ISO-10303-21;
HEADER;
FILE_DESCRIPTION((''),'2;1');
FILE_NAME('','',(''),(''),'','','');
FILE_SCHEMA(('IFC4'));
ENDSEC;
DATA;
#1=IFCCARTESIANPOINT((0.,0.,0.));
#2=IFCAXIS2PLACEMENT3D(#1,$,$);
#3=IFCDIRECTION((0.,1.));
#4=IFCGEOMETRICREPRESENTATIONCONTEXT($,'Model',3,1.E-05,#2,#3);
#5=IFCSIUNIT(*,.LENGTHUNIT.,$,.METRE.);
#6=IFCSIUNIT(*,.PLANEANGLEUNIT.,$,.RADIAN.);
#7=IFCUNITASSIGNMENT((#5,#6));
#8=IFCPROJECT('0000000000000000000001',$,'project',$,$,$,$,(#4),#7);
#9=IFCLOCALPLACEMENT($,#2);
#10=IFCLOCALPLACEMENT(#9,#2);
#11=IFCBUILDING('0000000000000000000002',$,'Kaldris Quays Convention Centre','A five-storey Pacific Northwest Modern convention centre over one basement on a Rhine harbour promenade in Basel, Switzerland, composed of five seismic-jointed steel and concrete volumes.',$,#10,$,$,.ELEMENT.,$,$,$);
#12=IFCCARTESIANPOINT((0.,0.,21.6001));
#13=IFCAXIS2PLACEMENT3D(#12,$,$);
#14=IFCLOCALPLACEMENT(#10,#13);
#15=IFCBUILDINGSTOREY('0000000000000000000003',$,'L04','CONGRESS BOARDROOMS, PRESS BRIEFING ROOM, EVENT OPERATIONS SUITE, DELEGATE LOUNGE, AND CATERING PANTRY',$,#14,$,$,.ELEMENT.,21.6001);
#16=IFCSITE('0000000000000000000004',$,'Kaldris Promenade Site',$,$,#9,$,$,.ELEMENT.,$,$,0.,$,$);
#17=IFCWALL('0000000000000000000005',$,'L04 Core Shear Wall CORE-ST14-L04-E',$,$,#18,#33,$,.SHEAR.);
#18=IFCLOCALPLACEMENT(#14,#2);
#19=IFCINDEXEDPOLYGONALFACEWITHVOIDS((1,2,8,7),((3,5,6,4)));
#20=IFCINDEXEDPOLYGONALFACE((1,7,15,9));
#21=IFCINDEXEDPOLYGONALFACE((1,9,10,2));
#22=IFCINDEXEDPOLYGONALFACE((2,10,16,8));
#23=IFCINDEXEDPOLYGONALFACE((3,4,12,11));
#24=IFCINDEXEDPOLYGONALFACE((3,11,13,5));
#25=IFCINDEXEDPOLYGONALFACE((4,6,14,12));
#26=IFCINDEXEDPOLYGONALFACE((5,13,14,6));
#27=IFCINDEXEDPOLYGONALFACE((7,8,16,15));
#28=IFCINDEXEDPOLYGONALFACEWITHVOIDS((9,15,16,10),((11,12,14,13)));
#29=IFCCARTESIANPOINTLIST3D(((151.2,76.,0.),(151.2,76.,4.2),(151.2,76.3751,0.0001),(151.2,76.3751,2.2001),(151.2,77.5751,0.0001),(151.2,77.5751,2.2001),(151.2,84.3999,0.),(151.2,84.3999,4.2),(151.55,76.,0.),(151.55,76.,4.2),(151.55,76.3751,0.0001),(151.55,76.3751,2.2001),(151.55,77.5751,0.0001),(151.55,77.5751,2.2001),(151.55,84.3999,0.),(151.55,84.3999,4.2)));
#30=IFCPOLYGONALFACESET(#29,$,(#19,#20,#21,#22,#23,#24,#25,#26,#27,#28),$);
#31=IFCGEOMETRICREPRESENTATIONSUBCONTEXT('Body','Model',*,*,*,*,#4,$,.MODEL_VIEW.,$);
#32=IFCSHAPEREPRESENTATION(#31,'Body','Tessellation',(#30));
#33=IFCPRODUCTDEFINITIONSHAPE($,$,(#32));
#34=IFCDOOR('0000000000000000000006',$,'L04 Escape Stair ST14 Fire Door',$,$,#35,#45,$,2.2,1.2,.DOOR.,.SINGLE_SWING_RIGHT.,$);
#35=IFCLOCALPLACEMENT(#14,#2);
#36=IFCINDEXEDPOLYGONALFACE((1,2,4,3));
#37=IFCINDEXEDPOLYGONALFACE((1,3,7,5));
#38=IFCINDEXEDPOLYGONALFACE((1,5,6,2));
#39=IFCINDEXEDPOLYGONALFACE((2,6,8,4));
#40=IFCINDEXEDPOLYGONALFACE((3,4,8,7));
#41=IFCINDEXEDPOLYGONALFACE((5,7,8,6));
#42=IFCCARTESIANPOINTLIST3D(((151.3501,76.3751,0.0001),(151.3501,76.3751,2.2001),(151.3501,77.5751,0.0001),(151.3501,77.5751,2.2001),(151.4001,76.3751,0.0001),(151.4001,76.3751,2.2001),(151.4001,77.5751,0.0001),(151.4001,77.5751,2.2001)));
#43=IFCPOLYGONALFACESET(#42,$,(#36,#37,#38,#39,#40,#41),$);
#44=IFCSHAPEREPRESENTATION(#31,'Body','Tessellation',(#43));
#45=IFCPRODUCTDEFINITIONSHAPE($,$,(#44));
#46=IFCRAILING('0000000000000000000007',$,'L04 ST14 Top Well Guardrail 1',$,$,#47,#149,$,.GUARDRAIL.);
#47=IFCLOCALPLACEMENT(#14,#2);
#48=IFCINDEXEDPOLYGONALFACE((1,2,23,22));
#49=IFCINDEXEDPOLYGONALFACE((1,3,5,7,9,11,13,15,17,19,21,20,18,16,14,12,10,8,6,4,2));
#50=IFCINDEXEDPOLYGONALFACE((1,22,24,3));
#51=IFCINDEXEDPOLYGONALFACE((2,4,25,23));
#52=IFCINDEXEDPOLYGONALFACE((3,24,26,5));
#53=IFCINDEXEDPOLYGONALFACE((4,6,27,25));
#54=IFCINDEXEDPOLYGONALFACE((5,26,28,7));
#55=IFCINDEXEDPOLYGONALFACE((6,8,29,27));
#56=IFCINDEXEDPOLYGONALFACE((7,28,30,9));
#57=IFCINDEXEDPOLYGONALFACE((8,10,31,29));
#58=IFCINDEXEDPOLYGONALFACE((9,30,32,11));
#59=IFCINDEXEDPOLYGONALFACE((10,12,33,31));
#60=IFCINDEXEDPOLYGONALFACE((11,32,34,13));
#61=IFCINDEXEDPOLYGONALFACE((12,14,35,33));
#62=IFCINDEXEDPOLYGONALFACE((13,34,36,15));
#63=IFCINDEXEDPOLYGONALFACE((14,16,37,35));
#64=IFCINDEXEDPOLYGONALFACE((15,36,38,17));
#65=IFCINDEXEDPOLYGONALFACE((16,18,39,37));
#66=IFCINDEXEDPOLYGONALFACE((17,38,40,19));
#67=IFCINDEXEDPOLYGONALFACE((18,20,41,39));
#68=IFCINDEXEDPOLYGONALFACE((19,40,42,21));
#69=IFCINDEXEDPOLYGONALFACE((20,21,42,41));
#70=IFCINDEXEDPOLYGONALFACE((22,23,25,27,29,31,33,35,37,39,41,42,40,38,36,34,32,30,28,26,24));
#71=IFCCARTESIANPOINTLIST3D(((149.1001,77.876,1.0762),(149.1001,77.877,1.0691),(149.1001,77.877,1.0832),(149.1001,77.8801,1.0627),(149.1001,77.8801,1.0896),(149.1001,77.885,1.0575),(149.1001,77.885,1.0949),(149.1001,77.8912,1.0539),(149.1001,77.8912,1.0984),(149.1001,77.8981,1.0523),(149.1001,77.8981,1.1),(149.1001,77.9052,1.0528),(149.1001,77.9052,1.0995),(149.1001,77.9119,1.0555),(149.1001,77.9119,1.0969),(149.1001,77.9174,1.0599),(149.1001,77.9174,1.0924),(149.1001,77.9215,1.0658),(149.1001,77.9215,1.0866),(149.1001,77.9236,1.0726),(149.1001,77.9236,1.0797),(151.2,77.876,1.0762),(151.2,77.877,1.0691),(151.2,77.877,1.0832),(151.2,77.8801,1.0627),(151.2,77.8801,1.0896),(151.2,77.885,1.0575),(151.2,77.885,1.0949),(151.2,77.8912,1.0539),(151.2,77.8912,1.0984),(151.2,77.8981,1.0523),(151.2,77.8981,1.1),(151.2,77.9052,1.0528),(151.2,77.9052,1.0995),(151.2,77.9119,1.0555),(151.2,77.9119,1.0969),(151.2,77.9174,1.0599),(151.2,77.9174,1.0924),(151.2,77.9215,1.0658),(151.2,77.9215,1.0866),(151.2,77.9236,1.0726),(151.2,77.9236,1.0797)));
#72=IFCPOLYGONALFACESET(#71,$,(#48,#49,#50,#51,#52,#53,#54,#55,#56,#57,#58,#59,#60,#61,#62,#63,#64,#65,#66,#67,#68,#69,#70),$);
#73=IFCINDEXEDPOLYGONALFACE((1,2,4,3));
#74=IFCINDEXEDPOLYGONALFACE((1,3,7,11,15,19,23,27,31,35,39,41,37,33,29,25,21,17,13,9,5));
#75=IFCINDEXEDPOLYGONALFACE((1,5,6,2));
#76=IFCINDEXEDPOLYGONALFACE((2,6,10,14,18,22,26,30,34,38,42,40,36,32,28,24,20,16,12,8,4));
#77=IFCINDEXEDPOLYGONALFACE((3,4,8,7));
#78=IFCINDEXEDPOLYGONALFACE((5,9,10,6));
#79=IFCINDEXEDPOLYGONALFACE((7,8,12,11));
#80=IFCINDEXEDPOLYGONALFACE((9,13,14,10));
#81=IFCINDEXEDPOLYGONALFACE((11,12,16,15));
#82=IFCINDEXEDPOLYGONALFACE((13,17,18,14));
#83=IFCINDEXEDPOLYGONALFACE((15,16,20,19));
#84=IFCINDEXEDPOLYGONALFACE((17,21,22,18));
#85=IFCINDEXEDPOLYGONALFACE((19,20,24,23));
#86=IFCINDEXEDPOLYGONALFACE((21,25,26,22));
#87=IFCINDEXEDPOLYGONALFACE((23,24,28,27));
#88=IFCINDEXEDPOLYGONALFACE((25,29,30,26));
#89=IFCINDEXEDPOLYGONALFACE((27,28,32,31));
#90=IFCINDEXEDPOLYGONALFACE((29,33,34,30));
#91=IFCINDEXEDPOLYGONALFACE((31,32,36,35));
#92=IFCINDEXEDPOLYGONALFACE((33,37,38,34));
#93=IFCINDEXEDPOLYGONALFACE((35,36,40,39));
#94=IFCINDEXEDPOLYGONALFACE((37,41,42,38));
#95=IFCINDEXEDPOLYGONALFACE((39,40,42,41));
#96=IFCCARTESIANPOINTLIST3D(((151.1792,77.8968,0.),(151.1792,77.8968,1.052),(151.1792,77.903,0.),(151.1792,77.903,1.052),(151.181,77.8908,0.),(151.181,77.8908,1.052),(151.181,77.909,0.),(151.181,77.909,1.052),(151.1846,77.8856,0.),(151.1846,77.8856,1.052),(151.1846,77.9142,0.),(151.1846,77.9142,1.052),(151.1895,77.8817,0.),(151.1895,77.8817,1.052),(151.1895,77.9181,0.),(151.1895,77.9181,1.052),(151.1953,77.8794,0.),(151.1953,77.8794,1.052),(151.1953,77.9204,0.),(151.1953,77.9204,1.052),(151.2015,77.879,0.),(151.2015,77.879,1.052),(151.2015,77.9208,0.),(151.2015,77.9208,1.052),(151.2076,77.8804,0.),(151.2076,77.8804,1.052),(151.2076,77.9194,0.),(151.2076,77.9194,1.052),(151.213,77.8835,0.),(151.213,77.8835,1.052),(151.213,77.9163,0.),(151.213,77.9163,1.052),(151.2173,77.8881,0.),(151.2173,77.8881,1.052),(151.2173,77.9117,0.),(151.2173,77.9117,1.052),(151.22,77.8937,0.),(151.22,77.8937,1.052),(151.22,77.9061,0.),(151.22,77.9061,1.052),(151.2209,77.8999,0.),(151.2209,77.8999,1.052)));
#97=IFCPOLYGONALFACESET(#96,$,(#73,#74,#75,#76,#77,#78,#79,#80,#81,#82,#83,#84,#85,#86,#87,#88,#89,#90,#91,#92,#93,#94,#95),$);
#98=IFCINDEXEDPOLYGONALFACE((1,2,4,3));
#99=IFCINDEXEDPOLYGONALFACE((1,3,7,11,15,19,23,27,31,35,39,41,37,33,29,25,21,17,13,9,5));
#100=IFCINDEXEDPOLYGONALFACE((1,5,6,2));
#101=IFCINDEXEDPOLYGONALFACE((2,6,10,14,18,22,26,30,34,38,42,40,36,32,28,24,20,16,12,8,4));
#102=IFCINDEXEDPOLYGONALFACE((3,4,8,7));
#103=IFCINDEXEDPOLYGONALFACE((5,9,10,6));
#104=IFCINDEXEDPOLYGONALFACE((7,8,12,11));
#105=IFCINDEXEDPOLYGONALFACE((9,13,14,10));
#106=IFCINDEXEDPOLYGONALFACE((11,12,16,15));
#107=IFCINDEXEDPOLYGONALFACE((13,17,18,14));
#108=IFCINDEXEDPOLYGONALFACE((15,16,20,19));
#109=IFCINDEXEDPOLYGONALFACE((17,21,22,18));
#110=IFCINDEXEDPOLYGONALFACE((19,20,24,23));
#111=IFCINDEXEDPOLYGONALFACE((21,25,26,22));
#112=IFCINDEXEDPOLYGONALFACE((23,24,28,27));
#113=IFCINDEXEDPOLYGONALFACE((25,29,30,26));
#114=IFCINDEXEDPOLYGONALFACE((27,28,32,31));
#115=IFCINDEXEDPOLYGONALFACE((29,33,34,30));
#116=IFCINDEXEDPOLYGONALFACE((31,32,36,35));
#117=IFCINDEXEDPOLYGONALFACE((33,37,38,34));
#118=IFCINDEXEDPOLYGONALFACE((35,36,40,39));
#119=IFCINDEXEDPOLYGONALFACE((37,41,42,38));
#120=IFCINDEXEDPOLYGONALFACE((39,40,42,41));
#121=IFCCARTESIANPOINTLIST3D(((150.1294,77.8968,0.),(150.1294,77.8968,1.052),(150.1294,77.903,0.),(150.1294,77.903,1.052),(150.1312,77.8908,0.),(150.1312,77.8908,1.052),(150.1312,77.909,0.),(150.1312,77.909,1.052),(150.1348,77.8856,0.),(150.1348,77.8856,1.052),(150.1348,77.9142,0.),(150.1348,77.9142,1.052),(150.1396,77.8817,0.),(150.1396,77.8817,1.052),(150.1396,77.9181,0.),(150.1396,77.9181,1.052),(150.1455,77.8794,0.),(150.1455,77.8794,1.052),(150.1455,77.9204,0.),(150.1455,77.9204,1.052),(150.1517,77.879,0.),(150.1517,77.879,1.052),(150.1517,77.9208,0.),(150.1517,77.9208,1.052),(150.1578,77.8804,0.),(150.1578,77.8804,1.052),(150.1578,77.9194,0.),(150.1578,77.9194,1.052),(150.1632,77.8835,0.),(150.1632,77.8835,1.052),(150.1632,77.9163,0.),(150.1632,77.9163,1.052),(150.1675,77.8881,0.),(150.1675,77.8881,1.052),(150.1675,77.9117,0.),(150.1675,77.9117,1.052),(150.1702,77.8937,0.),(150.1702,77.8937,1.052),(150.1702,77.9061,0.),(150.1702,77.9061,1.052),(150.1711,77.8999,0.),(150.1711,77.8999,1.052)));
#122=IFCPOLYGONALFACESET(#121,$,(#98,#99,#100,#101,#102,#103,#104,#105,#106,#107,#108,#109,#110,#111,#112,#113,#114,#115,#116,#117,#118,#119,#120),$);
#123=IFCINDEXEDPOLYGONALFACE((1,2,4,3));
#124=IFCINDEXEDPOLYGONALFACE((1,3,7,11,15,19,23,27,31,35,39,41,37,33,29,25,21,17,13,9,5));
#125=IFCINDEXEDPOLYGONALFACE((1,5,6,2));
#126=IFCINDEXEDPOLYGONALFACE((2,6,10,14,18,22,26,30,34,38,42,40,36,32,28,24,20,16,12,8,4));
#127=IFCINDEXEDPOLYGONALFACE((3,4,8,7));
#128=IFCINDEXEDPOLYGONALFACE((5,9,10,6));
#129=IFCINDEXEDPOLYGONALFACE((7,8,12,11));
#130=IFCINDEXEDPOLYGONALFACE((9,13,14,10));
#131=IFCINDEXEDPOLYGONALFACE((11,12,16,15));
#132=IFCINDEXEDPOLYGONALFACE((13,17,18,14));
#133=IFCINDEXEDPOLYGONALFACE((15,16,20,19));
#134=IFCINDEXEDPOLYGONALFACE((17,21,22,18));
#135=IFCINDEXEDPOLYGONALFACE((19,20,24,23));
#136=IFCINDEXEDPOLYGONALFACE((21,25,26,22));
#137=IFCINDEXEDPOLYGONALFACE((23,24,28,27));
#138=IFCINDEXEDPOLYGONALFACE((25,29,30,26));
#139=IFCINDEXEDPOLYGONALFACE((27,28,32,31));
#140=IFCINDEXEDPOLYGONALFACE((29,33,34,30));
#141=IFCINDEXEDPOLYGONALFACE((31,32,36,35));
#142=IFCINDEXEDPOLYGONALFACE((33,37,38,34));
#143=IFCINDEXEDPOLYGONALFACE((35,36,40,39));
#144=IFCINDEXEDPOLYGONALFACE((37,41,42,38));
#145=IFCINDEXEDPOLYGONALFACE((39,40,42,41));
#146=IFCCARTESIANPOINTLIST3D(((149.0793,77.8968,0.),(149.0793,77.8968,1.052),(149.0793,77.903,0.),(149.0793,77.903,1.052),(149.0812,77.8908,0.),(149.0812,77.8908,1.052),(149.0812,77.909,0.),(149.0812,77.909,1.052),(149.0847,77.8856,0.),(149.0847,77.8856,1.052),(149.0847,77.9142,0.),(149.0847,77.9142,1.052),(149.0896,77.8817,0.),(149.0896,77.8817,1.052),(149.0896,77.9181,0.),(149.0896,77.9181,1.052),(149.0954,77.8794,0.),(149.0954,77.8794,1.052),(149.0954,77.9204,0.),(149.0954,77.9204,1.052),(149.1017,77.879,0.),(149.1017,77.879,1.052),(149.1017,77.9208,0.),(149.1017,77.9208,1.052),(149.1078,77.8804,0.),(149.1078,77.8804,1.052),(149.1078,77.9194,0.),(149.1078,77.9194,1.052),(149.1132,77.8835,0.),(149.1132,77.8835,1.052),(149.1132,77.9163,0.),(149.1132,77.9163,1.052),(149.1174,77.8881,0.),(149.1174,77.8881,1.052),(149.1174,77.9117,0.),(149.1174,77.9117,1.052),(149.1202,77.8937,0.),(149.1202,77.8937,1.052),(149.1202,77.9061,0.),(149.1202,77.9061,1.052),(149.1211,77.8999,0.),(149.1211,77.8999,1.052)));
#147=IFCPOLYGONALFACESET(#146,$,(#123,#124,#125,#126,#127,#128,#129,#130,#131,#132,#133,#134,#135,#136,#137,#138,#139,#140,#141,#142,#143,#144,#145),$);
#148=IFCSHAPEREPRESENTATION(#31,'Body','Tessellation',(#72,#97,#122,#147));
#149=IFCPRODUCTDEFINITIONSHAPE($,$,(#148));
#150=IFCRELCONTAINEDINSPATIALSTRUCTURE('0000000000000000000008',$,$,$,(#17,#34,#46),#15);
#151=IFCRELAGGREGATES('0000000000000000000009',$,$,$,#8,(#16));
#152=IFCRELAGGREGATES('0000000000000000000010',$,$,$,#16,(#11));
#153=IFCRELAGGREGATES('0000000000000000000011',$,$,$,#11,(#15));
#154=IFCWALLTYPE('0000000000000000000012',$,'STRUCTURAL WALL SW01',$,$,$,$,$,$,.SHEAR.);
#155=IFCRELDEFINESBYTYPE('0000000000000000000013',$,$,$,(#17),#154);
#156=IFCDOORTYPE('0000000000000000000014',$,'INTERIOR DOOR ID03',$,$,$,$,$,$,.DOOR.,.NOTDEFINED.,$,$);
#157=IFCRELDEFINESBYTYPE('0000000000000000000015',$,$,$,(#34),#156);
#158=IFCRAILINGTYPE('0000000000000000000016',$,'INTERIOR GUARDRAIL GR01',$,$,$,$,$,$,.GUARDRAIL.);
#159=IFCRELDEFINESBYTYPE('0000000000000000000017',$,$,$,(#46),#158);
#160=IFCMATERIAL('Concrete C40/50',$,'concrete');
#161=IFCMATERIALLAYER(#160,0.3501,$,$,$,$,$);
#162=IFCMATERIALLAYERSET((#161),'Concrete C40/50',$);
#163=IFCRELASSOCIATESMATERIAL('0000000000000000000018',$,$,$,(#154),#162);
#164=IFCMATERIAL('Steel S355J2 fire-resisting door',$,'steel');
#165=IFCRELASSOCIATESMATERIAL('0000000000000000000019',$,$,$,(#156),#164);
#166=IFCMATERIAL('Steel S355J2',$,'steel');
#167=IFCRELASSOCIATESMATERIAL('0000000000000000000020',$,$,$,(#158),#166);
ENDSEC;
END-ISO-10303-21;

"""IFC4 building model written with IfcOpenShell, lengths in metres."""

from ifc_helpers import new_model, si_unit, direction, frame, frame_2d, origin, origin_2d, place, context, subcontext, project, spatial, rectangle, circle, extrude, material, layer, layer_set, type_object, element, fill, save


model = new_model("IFC4")

# Units and contexts
model_context = context("Model", 3, precision=1e-05, world=origin(), true_north=direction((0.0, 1.0)))
body_context = subcontext(model_context, "Body", "Model", "MODEL_VIEW")
ifc_project = project(units=[si_unit("LENGTHUNIT", "METRE"), si_unit("PLANEANGLEUNIT", "RADIAN")], contexts=[model_context])

# Site, building, storey
site_placement = place(None, origin())
site = spatial("IfcSite", under=ifc_project, at=site_placement, Name="Kaldris Promenade Site", CompositionType="ELEMENT", RefElevation=0.0)
building_placement = place(site_placement, origin())
building = spatial("IfcBuilding", under=site, at=building_placement, Name="Kaldris Quays Convention Centre", Description="A five-storey Pacific Northwest Modern convention centre over one basement on a Rhine harbour promenade in Basel, Switzerland, composed of five seismic-jointed steel and concrete volumes.", CompositionType="ELEMENT")
storey_placement = place(building_placement, frame((0.0, 0.0, 21.6001)))
storey = spatial("IfcBuildingStorey", under=building, at=storey_placement, Name="L04", Description="CONGRESS BOARDROOMS, PRESS BRIEFING ROOM, EVENT OPERATIONS SUITE, DELEGATE LOUNGE, AND CATERING PANTRY", CompositionType="ELEMENT", Elevation=21.6001)

# Shared definitions
ifc_material_1 = material(Name="Steel S355J2", Category="steel")

# Shared definitions
ifc_material_2 = material(Name="Concrete C40/50", Category="concrete")
ifc_layer_1 = layer(ifc_material_2, 0.3501)
ifc_layer_set_1 = layer_set([ifc_layer_1], Name="Concrete C40/50")
wall_type_1 = type_object("IfcWallType", Name="STRUCTURAL WALL SW01", PredefinedType="SHEAR", material=ifc_layer_set_1)

# Wall, opening, door
wall_1_placement = place(storey_placement, frame((151.375, 76.0, 0.0), z_axis=(0.0, 0.0, 1.0), x_axis=(0.0, 1.0, 0.0)))
wall_1 = element("IfcWall", 1, at=wall_1_placement, inside=storey, type_object=wall_type_1, Name="L04 Core Shear Wall CORE-ST14-L04-E", PredefinedType="SHEAR", context=body_context, shape_type="SweptSolid", body=[
    extrude(rectangle(XDim=8.3999, YDim=0.3501, at=frame_2d((4.2, 0.0))), origin(), (0.0, 0.0, 1.0), 4.2),
])
opening_placement = place(wall_1_placement, frame((0.375, 0.0, 0.0)))
opening = element("IfcOpeningElement", 2, at=opening_placement, cuts=wall_1, PredefinedType="OPENING", context=body_context, shape_type="SweptSolid", body=[
    extrude(rectangle(XDim=1.2, YDim=2.2, at=frame_2d((0.6001, 1.1001))), frame((0.0, 0.1851, 0.0), z_axis=(0.0, -1.0, 0.0), x_axis=(1.0, 0.0, 0.0)), (0.0, 0.0, 1.0), 0.3701),
])
ifc_material_3 = material(Name="Steel S355J2 fire-resisting door", Category="steel")
door_type = type_object("IfcDoorType", Name="INTERIOR DOOR ID03", OperationType="NOTDEFINED", PredefinedType="DOOR", material=ifc_material_3)
door_placement = place(opening_placement, origin())
door = element("IfcDoor", 3, at=door_placement, inside=storey, type_object=door_type, Name="L04 Escape Stair ST14 Fire Door", OperationType="SINGLE_SWING_RIGHT", OverallHeight=2.2, OverallWidth=1.2, PredefinedType="DOOR", context=body_context, shape_type="SweptSolid", body=[
    extrude(rectangle(XDim=1.2, YDim=2.2, at=frame_2d((0.6001, 1.1001))), frame((0.0, 0.0249, 0.0), z_axis=(0.0, -1.0, 0.0), x_axis=(1.0, 0.0, 0.0)), (0.0, 0.0, 1.0), 0.05),
])
fill(opening, door)

# Railing
railing_type = type_object("IfcRailingType", Name="INTERIOR GUARDRAIL GR01", PredefinedType="GUARDRAIL", material=ifc_material_1)
railing_placement = place(storey_placement, frame((151.2, 77.8999, 0.0)))
element("IfcRailing", 4, at=railing_placement, inside=storey, type_object=railing_type, Name="L04 ST14 Top Well Guardrail 1", PredefinedType="GUARDRAIL", context=body_context, shape_type="SweptSolid", body=[
    extrude(circle(Radius=0.0239, at=origin_2d()), frame((0.0, 0.0, 1.0762), z_axis=(-1.0, 0.0, 0.0), x_axis=(0.0, -1.0, 0.0)), (0.0, 0.0, 1.0), 2.0999),
    extrude(circle(Radius=0.021, at=origin_2d()), origin(), (0.0, 0.0, 1.0), 1.052),
    extrude(circle(Radius=0.021, at=origin_2d()), frame((-1.0498, 0.0, 0.0)), (0.0, 0.0, 1.0), 1.052),
    extrude(circle(Radius=0.021, at=origin_2d()), frame((-2.0999, 0.0, 0.0)), (0.0, 0.0, 1.0), 1.052),
])

save(model, "model.ifc")
